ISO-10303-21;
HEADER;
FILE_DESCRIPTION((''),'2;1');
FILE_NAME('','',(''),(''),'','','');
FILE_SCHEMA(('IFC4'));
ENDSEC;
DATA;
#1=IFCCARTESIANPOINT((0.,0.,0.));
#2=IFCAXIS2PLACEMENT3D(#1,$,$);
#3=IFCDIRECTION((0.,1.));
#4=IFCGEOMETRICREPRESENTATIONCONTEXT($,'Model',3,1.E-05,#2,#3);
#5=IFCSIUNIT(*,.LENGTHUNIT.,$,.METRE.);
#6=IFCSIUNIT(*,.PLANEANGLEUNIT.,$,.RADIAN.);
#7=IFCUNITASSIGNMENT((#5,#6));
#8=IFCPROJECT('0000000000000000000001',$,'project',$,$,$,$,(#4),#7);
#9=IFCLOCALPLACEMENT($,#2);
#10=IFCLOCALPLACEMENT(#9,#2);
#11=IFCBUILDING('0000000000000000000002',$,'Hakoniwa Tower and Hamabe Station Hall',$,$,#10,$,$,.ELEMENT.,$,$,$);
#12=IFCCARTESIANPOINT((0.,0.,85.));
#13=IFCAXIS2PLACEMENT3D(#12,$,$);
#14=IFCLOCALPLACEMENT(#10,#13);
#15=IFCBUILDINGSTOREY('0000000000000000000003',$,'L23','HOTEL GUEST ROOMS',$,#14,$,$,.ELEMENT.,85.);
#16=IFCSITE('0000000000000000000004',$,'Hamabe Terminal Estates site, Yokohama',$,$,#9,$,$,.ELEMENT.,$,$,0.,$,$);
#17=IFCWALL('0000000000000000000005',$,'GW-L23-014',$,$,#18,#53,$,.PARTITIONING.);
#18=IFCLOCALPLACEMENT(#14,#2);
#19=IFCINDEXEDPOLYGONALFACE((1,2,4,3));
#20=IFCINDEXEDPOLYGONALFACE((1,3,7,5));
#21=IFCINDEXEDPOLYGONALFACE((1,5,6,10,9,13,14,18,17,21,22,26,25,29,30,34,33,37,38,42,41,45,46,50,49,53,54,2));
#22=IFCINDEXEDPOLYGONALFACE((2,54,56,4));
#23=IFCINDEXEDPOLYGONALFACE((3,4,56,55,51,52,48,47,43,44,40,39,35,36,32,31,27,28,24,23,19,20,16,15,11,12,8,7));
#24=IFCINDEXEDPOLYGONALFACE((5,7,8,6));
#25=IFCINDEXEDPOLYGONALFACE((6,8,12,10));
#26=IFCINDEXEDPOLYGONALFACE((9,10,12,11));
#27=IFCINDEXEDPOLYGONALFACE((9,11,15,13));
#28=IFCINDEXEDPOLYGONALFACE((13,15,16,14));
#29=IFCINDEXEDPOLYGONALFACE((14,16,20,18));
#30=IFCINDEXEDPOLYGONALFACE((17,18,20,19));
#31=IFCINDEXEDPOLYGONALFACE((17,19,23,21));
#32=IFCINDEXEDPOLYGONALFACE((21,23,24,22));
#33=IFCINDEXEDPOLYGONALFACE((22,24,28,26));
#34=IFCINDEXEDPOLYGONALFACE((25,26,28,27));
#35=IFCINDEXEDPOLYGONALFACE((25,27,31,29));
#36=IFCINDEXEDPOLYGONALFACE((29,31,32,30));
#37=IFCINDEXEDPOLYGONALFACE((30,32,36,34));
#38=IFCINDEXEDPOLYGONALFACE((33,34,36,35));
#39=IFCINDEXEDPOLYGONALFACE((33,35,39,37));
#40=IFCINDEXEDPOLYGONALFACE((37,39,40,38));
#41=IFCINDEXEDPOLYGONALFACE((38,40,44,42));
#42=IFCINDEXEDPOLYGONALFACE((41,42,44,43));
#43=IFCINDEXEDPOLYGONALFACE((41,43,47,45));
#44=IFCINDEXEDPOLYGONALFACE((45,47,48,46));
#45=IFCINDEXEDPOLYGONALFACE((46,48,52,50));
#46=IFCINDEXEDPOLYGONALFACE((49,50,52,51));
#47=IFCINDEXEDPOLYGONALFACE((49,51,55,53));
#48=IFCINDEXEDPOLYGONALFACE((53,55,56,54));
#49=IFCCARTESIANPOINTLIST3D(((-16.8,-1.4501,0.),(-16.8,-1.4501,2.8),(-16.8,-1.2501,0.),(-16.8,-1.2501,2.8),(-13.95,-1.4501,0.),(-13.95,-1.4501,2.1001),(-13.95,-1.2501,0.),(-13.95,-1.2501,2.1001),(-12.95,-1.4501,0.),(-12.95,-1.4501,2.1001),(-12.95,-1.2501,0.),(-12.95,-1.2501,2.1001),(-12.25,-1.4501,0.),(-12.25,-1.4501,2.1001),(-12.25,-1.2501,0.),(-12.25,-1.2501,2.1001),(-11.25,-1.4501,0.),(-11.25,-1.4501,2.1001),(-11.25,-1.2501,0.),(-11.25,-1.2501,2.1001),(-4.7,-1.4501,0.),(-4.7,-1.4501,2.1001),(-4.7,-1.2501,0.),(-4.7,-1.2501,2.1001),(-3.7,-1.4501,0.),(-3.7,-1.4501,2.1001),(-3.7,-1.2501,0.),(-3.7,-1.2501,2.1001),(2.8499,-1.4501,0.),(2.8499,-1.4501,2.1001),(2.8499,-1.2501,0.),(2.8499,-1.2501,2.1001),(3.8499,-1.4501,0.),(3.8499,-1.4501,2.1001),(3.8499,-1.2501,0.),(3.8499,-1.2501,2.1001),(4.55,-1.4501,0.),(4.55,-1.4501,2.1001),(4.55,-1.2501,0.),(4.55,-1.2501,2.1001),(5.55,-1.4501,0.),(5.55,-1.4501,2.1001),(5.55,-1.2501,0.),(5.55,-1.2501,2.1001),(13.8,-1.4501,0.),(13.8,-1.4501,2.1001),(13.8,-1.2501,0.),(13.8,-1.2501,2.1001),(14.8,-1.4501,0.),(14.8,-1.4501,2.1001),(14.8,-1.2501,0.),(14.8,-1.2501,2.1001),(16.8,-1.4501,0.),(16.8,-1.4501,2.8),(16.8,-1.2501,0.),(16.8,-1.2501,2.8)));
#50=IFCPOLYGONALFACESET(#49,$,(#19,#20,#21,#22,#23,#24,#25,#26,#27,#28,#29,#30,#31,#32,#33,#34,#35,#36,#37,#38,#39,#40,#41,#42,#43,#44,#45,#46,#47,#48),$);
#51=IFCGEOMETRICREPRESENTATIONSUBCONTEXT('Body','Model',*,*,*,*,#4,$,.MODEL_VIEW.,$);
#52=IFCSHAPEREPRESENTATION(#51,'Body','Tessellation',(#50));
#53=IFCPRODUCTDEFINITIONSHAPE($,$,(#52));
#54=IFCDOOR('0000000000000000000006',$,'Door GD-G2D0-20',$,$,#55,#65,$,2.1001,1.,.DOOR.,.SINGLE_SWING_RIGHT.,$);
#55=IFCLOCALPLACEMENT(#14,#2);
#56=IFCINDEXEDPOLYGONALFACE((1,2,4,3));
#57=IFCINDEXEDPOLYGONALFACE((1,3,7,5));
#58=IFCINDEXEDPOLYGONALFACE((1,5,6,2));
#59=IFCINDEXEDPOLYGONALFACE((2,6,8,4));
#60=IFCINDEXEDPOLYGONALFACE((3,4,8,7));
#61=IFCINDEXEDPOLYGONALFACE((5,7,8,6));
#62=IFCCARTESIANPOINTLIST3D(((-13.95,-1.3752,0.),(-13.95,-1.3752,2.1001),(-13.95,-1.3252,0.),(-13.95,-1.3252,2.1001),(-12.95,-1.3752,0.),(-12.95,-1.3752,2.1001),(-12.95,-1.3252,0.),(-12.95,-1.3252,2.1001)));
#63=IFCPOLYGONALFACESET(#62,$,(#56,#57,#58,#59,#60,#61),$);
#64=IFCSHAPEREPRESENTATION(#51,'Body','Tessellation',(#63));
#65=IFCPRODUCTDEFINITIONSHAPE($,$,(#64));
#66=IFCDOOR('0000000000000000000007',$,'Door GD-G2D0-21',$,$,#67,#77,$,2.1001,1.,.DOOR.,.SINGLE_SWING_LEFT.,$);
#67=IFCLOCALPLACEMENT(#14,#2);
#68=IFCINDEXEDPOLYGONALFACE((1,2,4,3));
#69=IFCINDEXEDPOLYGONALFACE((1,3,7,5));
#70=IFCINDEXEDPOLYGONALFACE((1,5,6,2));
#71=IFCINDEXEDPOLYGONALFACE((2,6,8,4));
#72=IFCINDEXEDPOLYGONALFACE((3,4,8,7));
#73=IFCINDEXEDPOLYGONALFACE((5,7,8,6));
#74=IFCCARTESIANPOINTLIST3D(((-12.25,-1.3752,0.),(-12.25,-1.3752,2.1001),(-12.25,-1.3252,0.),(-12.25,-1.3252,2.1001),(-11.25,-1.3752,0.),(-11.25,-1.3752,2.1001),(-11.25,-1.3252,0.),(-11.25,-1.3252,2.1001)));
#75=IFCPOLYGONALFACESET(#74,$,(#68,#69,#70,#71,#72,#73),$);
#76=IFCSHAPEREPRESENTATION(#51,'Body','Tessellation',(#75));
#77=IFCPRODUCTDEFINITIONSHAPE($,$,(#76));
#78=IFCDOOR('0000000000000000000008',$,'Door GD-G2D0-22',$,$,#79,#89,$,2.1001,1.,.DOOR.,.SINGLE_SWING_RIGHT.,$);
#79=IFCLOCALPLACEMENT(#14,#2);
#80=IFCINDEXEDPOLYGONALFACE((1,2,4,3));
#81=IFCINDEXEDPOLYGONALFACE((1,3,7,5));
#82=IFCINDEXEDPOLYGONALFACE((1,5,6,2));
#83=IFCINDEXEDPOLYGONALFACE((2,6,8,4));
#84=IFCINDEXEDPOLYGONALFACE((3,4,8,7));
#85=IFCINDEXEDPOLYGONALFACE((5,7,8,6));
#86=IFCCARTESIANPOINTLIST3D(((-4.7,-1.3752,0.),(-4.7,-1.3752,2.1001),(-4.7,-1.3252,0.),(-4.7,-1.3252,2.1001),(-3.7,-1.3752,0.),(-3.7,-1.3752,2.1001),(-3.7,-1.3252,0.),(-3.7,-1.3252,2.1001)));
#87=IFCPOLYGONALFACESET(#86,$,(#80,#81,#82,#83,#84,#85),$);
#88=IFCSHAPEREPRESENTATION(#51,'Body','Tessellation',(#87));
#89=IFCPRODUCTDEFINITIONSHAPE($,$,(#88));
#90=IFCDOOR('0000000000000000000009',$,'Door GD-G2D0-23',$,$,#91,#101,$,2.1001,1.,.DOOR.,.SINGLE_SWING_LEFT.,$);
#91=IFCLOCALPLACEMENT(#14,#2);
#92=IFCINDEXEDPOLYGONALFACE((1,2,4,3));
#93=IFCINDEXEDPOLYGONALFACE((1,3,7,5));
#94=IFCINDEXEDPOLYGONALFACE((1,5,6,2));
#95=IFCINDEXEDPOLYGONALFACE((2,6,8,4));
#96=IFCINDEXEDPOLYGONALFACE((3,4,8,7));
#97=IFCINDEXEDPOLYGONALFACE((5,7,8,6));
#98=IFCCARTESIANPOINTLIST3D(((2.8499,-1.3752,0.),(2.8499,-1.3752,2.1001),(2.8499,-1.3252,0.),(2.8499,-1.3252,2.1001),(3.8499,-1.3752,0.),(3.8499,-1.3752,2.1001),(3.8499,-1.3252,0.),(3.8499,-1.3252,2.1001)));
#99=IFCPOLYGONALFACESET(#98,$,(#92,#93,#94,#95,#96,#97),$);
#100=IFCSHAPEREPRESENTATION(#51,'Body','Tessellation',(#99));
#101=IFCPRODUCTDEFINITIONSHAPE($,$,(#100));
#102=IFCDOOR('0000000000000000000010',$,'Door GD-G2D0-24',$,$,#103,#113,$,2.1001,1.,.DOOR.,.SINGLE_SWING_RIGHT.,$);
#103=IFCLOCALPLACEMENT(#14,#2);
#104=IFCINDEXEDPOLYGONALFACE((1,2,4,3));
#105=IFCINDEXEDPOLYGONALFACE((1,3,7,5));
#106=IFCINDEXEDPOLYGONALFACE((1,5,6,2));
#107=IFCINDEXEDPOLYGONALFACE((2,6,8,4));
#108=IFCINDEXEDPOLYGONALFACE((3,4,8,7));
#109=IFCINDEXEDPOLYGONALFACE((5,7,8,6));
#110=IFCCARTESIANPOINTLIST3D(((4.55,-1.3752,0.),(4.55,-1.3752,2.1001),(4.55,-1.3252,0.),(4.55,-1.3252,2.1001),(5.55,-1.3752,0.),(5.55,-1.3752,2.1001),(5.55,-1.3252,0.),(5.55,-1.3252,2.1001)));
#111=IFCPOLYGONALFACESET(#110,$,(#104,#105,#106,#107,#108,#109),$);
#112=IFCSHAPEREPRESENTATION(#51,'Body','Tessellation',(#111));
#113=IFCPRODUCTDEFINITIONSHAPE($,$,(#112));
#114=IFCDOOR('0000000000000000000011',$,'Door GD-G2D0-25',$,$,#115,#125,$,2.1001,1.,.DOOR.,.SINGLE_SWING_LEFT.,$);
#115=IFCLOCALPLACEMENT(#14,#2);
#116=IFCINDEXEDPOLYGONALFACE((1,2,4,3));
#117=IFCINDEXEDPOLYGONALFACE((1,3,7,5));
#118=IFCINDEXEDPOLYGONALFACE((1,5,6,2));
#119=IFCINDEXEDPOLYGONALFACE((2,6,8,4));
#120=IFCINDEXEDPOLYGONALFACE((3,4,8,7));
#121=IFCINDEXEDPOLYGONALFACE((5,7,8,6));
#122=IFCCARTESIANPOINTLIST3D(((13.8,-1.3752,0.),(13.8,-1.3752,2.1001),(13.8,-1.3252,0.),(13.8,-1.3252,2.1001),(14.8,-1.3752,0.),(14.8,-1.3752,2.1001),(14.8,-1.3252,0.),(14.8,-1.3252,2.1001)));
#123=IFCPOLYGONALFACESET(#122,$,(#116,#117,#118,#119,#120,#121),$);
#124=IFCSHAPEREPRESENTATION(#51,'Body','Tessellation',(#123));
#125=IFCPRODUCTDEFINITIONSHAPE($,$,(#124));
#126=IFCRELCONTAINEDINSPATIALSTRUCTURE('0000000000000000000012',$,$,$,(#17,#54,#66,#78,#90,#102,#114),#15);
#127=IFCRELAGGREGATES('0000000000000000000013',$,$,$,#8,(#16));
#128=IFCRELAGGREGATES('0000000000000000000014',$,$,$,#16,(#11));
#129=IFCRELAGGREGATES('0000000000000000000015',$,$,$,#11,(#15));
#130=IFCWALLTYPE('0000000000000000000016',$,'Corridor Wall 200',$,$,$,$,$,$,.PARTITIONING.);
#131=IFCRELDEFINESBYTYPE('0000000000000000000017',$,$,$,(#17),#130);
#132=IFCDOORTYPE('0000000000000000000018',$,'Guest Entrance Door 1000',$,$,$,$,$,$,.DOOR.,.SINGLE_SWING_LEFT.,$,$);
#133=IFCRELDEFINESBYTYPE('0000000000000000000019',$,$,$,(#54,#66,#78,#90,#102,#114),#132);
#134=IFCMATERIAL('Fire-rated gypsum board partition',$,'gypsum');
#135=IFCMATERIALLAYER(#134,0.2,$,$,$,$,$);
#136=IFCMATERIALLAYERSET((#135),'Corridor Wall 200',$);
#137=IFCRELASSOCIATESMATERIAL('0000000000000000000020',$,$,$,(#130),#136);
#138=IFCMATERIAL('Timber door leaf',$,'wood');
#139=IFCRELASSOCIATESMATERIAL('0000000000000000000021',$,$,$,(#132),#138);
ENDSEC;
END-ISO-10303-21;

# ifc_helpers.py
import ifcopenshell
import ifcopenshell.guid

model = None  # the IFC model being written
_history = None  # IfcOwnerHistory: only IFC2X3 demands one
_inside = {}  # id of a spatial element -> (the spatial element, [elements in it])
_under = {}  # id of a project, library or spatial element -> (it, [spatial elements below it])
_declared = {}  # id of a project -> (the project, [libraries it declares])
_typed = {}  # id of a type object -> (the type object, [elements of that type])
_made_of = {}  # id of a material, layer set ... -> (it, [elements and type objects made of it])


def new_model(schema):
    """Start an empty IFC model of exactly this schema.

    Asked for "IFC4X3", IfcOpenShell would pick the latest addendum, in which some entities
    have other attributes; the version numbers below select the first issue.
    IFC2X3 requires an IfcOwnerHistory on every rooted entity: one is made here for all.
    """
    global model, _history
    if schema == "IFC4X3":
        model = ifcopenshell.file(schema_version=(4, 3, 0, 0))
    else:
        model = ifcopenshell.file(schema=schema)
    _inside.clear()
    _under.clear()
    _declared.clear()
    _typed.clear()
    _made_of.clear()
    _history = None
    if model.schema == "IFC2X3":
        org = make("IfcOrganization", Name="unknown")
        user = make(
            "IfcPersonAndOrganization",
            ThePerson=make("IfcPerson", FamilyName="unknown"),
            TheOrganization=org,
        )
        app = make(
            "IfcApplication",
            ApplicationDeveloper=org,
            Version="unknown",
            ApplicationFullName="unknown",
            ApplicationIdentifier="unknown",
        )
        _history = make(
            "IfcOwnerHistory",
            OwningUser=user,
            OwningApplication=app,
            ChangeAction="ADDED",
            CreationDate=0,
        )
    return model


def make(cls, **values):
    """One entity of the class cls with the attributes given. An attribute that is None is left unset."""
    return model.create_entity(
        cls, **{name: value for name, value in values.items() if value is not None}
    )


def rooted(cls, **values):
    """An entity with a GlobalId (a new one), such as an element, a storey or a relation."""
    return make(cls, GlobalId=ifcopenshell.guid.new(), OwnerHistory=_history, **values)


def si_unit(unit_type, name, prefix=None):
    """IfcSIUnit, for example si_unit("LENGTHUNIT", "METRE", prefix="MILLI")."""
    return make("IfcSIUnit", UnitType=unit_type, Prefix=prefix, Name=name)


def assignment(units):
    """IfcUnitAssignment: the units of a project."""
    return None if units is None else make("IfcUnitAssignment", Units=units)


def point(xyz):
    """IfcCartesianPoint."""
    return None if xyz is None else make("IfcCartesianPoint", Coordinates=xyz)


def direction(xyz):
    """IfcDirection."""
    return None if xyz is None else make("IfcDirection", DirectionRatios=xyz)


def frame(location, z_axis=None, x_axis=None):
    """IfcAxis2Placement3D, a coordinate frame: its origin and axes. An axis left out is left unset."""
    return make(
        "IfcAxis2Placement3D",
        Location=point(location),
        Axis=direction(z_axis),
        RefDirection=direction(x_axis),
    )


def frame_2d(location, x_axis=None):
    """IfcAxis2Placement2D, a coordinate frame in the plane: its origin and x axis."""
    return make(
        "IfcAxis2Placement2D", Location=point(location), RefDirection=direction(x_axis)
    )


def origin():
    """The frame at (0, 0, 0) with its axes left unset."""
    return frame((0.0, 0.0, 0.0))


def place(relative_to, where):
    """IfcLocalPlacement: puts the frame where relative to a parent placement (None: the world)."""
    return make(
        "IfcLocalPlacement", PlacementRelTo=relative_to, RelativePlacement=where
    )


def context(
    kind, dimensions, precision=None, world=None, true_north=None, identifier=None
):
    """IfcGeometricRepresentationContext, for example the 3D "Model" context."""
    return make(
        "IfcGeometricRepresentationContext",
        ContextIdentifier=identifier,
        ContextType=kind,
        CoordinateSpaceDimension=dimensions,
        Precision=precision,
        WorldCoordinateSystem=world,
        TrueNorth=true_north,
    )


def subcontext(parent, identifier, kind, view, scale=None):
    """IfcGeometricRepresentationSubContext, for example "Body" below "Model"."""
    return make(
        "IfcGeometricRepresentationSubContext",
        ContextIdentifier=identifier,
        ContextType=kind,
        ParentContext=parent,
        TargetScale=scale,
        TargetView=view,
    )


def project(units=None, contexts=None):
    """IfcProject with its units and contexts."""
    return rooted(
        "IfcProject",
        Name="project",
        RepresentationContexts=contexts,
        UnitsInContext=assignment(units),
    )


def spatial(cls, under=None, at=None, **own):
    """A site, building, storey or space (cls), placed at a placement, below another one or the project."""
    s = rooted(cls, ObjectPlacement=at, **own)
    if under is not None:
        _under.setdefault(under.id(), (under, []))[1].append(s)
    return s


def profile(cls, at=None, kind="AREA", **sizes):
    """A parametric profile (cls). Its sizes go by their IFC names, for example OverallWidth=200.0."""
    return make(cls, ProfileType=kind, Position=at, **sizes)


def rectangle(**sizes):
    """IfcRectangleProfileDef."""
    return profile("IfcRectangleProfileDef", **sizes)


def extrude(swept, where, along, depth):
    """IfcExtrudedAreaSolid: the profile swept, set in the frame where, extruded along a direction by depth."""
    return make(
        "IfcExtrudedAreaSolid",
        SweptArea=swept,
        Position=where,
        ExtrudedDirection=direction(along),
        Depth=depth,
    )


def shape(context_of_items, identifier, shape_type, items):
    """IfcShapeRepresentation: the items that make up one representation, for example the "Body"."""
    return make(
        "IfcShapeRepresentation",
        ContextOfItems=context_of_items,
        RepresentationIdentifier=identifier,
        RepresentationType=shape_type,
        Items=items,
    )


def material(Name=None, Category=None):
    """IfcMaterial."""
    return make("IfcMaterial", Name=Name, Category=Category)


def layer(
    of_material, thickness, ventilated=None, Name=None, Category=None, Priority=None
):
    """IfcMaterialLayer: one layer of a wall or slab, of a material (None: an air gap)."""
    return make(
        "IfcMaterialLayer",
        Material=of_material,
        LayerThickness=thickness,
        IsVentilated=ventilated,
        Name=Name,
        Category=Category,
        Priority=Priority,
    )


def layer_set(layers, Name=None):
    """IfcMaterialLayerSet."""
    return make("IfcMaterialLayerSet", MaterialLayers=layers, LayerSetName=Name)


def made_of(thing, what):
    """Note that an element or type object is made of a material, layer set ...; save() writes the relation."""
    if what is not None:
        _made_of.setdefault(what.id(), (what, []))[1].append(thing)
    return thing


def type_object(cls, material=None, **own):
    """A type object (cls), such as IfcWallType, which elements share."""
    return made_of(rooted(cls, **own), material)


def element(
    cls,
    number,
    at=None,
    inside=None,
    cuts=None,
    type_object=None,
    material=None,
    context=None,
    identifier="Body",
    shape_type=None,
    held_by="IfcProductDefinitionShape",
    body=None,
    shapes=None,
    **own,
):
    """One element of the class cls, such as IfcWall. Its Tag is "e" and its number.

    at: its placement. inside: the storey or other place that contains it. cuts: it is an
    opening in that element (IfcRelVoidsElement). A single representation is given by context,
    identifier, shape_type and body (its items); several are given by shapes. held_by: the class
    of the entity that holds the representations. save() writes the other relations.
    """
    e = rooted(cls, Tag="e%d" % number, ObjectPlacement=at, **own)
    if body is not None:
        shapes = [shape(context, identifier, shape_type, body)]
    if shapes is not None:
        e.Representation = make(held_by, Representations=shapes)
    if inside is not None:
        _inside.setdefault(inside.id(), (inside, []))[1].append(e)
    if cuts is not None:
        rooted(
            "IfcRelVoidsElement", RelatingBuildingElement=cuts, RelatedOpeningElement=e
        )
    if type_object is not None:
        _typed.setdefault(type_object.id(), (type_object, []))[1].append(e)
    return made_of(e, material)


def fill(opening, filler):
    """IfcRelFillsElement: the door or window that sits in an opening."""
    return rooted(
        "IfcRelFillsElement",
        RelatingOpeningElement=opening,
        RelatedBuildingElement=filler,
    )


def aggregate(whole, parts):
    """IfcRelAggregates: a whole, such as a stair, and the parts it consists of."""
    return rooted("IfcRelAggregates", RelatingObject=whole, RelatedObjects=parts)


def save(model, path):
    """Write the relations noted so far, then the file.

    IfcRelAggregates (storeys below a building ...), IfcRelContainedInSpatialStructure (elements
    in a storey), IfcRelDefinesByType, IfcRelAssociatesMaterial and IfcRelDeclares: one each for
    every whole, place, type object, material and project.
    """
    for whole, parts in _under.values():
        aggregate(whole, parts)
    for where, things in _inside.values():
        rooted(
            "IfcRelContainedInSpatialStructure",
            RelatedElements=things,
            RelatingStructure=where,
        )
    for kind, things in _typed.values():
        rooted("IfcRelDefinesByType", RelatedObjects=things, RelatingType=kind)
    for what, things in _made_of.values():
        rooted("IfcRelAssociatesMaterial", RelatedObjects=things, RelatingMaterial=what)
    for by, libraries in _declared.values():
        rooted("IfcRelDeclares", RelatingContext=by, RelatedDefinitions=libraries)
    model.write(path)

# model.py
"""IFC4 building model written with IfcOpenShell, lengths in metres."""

from ifc_helpers import new_model, si_unit, direction, frame, frame_2d, origin, place, context, subcontext, project, spatial, rectangle, extrude, material, layer, layer_set, type_object, element, fill, save


model = new_model("IFC4")

# Units and contexts
model_context = context("Model", 3, precision=1e-05, world=origin(), true_north=direction((0.0, 1.0)))
body_context = subcontext(model_context, "Body", "Model", "MODEL_VIEW")
ifc_project = project(units=[si_unit("LENGTHUNIT", "METRE"), si_unit("PLANEANGLEUNIT", "RADIAN")], contexts=[model_context])

# Site, building, storey
site_placement = place(None, origin())
site = spatial("IfcSite", under=ifc_project, at=site_placement, Name="Hamabe Terminal Estates site, Yokohama", CompositionType="ELEMENT", RefElevation=0.0)
building_placement = place(site_placement, origin())
building = spatial("IfcBuilding", under=site, at=building_placement, Name="Hakoniwa Tower and Hamabe Station Hall", CompositionType="ELEMENT")
storey_placement = place(building_placement, frame((0.0, 0.0, 85.0)))
storey = spatial("IfcBuildingStorey", under=building, at=storey_placement, Name="L23", Description="HOTEL GUEST ROOMS", CompositionType="ELEMENT", Elevation=85.0)

# Wall, openings, doors
ifc_material_1 = material(Name="Fire-rated gypsum board partition", Category="gypsum")
ifc_layer_1 = layer(ifc_material_1, 0.2)
ifc_layer_set_1 = layer_set([ifc_layer_1], Name="Corridor Wall 200")
wall_type_1 = type_object("IfcWallType", Name="Corridor Wall 200", PredefinedType="PARTITIONING", material=ifc_layer_set_1)
wall_1_placement = place(storey_placement, frame((-16.8, -1.3501, 0.0), z_axis=(0.0, 0.0, 1.0), x_axis=(1.0, 0.0, 0.0)))
wall_1 = element("IfcWall", 1, at=wall_1_placement, inside=storey, type_object=wall_type_1, Name="GW-L23-014", PredefinedType="PARTITIONING", context=body_context, shape_type="SweptSolid", body=[
    extrude(rectangle(XDim=33.6001, YDim=0.2, at=frame_2d((16.8, 0.0))), origin(), (0.0, 0.0, 1.0), 2.8),
])
opening_1_placement = place(wall_1_placement, frame((2.8501, 0.0, 0.0)))
opening_1 = element("IfcOpeningElement", 2, at=opening_1_placement, cuts=wall_1, PredefinedType="OPENING", context=body_context, shape_type="SweptSolid", body=[
    extrude(rectangle(XDim=1.0, YDim=2.1001, at=frame_2d((0.5, 1.05))), frame((0.0, 0.1099, 0.0), z_axis=(0.0, -1.0, 0.0), x_axis=(1.0, 0.0, 0.0)), (0.0, 0.0, 1.0), 0.22),
])
opening_2_placement = place(wall_1_placement, frame((4.55, 0.0, 0.0)))
opening_2 = element("IfcOpeningElement", 3, at=opening_2_placement, cuts=wall_1, PredefinedType="OPENING", context=body_context, shape_type="SweptSolid", body=[
    extrude(rectangle(XDim=1.0, YDim=2.1001, at=frame_2d((0.5, 1.05))), frame((0.0, 0.1099, 0.0), z_axis=(0.0, -1.0, 0.0), x_axis=(1.0, 0.0, 0.0)), (0.0, 0.0, 1.0), 0.22),
])
opening_3_placement = place(wall_1_placement, frame((12.1001, 0.0, 0.0)))
opening_3 = element("IfcOpeningElement", 4, at=opening_3_placement, cuts=wall_1, PredefinedType="OPENING", context=body_context, shape_type="SweptSolid", body=[
    extrude(rectangle(XDim=1.0, YDim=2.1001, at=frame_2d((0.5, 1.05))), frame((0.0, 0.1099, 0.0), z_axis=(0.0, -1.0, 0.0), x_axis=(1.0, 0.0, 0.0)), (0.0, 0.0, 1.0), 0.22),
])
opening_4_placement = place(wall_1_placement, frame((19.6499, 0.0, 0.0)))
opening_4 = element("IfcOpeningElement", 5, at=opening_4_placement, cuts=wall_1, PredefinedType="OPENING", context=body_context, shape_type="SweptSolid", body=[
    extrude(rectangle(XDim=1.0, YDim=2.1001, at=frame_2d((0.5, 1.05))), frame((0.0, 0.1099, 0.0), z_axis=(0.0, -1.0, 0.0), x_axis=(1.0, 0.0, 0.0)), (0.0, 0.0, 1.0), 0.22),
])
opening_5_placement = place(wall_1_placement, frame((21.3501, 0.0, 0.0)))
opening_5 = element("IfcOpeningElement", 6, at=opening_5_placement, cuts=wall_1, PredefinedType="OPENING", context=body_context, shape_type="SweptSolid", body=[
    extrude(rectangle(XDim=1.0, YDim=2.1001, at=frame_2d((0.5, 1.05))), frame((0.0, 0.1099, 0.0), z_axis=(0.0, -1.0, 0.0), x_axis=(1.0, 0.0, 0.0)), (0.0, 0.0, 1.0), 0.22),
])
opening_6_placement = place(wall_1_placement, frame((30.6001, 0.0, 0.0)))
opening_6 = element("IfcOpeningElement", 7, at=opening_6_placement, cuts=wall_1, PredefinedType="OPENING", context=body_context, shape_type="SweptSolid", body=[
    extrude(rectangle(XDim=1.0, YDim=2.1001, at=frame_2d((0.5, 1.05))), frame((0.0, 0.1099, 0.0), z_axis=(0.0, -1.0, 0.0), x_axis=(1.0, 0.0, 0.0)), (0.0, 0.0, 1.0), 0.22),
])
ifc_material_2 = material(Name="Timber door leaf", Category="wood")
door_type_1 = type_object("IfcDoorType", Name="Guest Entrance Door 1000", OperationType="SINGLE_SWING_LEFT", PredefinedType="DOOR", material=ifc_material_2)
door_1_placement = place(opening_1_placement, origin())
door_1 = element("IfcDoor", 8, at=door_1_placement, inside=storey, type_object=door_type_1, Name="Door GD-G2D0-20", OperationType="SINGLE_SWING_RIGHT", OverallHeight=2.1001, OverallWidth=1.0, PredefinedType="DOOR", context=body_context, shape_type="SweptSolid", body=[
    extrude(rectangle(XDim=1.0, YDim=2.1001, at=frame_2d((0.5, 1.05))), frame((0.0, 0.0249, 0.0), z_axis=(0.0, -1.0, 0.0), x_axis=(1.0, 0.0, 0.0)), (0.0, 0.0, 1.0), 0.05),
])
fill(opening_1, door_1)
door_2_placement = place(opening_2_placement, origin())
door_2 = element("IfcDoor", 9, at=door_2_placement, inside=storey, type_object=door_type_1, Name="Door GD-G2D0-21", OperationType="SINGLE_SWING_LEFT", OverallHeight=2.1001, OverallWidth=1.0, PredefinedType="DOOR", context=body_context, shape_type="SweptSolid", body=[
    extrude(rectangle(XDim=1.0, YDim=2.1001, at=frame_2d((0.5, 1.05))), frame((0.0, 0.0249, 0.0), z_axis=(0.0, -1.0, 0.0), x_axis=(1.0, 0.0, 0.0)), (0.0, 0.0, 1.0), 0.05),
])
fill(opening_2, door_2)
door_3_placement = place(opening_3_placement, origin())
door_3 = element("IfcDoor", 10, at=door_3_placement, inside=storey, type_object=door_type_1, Name="Door GD-G2D0-22", OperationType="SINGLE_SWING_RIGHT", OverallHeight=2.1001, OverallWidth=1.0, PredefinedType="DOOR", context=body_context, shape_type="SweptSolid", body=[
    extrude(rectangle(XDim=1.0, YDim=2.1001, at=frame_2d((0.5, 1.05))), frame((0.0, 0.0249, 0.0), z_axis=(0.0, -1.0, 0.0), x_axis=(1.0, 0.0, 0.0)), (0.0, 0.0, 1.0), 0.05),
])
fill(opening_3, door_3)
door_4_placement = place(opening_4_placement, origin())
door_4 = element("IfcDoor", 11, at=door_4_placement, inside=storey, type_object=door_type_1, Name="Door GD-G2D0-23", OperationType="SINGLE_SWING_LEFT", OverallHeight=2.1001, OverallWidth=1.0, PredefinedType="DOOR", context=body_context, shape_type="SweptSolid", body=[
    extrude(rectangle(XDim=1.0, YDim=2.1001, at=frame_2d((0.5, 1.05))), frame((0.0, 0.0249, 0.0), z_axis=(0.0, -1.0, 0.0), x_axis=(1.0, 0.0, 0.0)), (0.0, 0.0, 1.0), 0.05),
])
fill(opening_4, door_4)
door_5_placement = place(opening_5_placement, origin())
door_5 = element("IfcDoor", 12, at=door_5_placement, inside=storey, type_object=door_type_1, Name="Door GD-G2D0-24", OperationType="SINGLE_SWING_RIGHT", OverallHeight=2.1001, OverallWidth=1.0, PredefinedType="DOOR", context=body_context, shape_type="SweptSolid", body=[
    extrude(rectangle(XDim=1.0, YDim=2.1001, at=frame_2d((0.5, 1.05))), frame((0.0, 0.0249, 0.0), z_axis=(0.0, -1.0, 0.0), x_axis=(1.0, 0.0, 0.0)), (0.0, 0.0, 1.0), 0.05),
])
fill(opening_5, door_5)
door_6_placement = place(opening_6_placement, origin())
door_6 = element("IfcDoor", 13, at=door_6_placement, inside=storey, type_object=door_type_1, Name="Door GD-G2D0-25", OperationType="SINGLE_SWING_LEFT", OverallHeight=2.1001, OverallWidth=1.0, PredefinedType="DOOR", context=body_context, shape_type="SweptSolid", body=[
    extrude(rectangle(XDim=1.0, YDim=2.1001, at=frame_2d((0.5, 1.05))), frame((0.0, 0.0249, 0.0), z_axis=(0.0, -1.0, 0.0), x_axis=(1.0, 0.0, 0.0)), (0.0, 0.0, 1.0), 0.05),
])
fill(opening_6, door_6)

save(model, "model.ifc")
